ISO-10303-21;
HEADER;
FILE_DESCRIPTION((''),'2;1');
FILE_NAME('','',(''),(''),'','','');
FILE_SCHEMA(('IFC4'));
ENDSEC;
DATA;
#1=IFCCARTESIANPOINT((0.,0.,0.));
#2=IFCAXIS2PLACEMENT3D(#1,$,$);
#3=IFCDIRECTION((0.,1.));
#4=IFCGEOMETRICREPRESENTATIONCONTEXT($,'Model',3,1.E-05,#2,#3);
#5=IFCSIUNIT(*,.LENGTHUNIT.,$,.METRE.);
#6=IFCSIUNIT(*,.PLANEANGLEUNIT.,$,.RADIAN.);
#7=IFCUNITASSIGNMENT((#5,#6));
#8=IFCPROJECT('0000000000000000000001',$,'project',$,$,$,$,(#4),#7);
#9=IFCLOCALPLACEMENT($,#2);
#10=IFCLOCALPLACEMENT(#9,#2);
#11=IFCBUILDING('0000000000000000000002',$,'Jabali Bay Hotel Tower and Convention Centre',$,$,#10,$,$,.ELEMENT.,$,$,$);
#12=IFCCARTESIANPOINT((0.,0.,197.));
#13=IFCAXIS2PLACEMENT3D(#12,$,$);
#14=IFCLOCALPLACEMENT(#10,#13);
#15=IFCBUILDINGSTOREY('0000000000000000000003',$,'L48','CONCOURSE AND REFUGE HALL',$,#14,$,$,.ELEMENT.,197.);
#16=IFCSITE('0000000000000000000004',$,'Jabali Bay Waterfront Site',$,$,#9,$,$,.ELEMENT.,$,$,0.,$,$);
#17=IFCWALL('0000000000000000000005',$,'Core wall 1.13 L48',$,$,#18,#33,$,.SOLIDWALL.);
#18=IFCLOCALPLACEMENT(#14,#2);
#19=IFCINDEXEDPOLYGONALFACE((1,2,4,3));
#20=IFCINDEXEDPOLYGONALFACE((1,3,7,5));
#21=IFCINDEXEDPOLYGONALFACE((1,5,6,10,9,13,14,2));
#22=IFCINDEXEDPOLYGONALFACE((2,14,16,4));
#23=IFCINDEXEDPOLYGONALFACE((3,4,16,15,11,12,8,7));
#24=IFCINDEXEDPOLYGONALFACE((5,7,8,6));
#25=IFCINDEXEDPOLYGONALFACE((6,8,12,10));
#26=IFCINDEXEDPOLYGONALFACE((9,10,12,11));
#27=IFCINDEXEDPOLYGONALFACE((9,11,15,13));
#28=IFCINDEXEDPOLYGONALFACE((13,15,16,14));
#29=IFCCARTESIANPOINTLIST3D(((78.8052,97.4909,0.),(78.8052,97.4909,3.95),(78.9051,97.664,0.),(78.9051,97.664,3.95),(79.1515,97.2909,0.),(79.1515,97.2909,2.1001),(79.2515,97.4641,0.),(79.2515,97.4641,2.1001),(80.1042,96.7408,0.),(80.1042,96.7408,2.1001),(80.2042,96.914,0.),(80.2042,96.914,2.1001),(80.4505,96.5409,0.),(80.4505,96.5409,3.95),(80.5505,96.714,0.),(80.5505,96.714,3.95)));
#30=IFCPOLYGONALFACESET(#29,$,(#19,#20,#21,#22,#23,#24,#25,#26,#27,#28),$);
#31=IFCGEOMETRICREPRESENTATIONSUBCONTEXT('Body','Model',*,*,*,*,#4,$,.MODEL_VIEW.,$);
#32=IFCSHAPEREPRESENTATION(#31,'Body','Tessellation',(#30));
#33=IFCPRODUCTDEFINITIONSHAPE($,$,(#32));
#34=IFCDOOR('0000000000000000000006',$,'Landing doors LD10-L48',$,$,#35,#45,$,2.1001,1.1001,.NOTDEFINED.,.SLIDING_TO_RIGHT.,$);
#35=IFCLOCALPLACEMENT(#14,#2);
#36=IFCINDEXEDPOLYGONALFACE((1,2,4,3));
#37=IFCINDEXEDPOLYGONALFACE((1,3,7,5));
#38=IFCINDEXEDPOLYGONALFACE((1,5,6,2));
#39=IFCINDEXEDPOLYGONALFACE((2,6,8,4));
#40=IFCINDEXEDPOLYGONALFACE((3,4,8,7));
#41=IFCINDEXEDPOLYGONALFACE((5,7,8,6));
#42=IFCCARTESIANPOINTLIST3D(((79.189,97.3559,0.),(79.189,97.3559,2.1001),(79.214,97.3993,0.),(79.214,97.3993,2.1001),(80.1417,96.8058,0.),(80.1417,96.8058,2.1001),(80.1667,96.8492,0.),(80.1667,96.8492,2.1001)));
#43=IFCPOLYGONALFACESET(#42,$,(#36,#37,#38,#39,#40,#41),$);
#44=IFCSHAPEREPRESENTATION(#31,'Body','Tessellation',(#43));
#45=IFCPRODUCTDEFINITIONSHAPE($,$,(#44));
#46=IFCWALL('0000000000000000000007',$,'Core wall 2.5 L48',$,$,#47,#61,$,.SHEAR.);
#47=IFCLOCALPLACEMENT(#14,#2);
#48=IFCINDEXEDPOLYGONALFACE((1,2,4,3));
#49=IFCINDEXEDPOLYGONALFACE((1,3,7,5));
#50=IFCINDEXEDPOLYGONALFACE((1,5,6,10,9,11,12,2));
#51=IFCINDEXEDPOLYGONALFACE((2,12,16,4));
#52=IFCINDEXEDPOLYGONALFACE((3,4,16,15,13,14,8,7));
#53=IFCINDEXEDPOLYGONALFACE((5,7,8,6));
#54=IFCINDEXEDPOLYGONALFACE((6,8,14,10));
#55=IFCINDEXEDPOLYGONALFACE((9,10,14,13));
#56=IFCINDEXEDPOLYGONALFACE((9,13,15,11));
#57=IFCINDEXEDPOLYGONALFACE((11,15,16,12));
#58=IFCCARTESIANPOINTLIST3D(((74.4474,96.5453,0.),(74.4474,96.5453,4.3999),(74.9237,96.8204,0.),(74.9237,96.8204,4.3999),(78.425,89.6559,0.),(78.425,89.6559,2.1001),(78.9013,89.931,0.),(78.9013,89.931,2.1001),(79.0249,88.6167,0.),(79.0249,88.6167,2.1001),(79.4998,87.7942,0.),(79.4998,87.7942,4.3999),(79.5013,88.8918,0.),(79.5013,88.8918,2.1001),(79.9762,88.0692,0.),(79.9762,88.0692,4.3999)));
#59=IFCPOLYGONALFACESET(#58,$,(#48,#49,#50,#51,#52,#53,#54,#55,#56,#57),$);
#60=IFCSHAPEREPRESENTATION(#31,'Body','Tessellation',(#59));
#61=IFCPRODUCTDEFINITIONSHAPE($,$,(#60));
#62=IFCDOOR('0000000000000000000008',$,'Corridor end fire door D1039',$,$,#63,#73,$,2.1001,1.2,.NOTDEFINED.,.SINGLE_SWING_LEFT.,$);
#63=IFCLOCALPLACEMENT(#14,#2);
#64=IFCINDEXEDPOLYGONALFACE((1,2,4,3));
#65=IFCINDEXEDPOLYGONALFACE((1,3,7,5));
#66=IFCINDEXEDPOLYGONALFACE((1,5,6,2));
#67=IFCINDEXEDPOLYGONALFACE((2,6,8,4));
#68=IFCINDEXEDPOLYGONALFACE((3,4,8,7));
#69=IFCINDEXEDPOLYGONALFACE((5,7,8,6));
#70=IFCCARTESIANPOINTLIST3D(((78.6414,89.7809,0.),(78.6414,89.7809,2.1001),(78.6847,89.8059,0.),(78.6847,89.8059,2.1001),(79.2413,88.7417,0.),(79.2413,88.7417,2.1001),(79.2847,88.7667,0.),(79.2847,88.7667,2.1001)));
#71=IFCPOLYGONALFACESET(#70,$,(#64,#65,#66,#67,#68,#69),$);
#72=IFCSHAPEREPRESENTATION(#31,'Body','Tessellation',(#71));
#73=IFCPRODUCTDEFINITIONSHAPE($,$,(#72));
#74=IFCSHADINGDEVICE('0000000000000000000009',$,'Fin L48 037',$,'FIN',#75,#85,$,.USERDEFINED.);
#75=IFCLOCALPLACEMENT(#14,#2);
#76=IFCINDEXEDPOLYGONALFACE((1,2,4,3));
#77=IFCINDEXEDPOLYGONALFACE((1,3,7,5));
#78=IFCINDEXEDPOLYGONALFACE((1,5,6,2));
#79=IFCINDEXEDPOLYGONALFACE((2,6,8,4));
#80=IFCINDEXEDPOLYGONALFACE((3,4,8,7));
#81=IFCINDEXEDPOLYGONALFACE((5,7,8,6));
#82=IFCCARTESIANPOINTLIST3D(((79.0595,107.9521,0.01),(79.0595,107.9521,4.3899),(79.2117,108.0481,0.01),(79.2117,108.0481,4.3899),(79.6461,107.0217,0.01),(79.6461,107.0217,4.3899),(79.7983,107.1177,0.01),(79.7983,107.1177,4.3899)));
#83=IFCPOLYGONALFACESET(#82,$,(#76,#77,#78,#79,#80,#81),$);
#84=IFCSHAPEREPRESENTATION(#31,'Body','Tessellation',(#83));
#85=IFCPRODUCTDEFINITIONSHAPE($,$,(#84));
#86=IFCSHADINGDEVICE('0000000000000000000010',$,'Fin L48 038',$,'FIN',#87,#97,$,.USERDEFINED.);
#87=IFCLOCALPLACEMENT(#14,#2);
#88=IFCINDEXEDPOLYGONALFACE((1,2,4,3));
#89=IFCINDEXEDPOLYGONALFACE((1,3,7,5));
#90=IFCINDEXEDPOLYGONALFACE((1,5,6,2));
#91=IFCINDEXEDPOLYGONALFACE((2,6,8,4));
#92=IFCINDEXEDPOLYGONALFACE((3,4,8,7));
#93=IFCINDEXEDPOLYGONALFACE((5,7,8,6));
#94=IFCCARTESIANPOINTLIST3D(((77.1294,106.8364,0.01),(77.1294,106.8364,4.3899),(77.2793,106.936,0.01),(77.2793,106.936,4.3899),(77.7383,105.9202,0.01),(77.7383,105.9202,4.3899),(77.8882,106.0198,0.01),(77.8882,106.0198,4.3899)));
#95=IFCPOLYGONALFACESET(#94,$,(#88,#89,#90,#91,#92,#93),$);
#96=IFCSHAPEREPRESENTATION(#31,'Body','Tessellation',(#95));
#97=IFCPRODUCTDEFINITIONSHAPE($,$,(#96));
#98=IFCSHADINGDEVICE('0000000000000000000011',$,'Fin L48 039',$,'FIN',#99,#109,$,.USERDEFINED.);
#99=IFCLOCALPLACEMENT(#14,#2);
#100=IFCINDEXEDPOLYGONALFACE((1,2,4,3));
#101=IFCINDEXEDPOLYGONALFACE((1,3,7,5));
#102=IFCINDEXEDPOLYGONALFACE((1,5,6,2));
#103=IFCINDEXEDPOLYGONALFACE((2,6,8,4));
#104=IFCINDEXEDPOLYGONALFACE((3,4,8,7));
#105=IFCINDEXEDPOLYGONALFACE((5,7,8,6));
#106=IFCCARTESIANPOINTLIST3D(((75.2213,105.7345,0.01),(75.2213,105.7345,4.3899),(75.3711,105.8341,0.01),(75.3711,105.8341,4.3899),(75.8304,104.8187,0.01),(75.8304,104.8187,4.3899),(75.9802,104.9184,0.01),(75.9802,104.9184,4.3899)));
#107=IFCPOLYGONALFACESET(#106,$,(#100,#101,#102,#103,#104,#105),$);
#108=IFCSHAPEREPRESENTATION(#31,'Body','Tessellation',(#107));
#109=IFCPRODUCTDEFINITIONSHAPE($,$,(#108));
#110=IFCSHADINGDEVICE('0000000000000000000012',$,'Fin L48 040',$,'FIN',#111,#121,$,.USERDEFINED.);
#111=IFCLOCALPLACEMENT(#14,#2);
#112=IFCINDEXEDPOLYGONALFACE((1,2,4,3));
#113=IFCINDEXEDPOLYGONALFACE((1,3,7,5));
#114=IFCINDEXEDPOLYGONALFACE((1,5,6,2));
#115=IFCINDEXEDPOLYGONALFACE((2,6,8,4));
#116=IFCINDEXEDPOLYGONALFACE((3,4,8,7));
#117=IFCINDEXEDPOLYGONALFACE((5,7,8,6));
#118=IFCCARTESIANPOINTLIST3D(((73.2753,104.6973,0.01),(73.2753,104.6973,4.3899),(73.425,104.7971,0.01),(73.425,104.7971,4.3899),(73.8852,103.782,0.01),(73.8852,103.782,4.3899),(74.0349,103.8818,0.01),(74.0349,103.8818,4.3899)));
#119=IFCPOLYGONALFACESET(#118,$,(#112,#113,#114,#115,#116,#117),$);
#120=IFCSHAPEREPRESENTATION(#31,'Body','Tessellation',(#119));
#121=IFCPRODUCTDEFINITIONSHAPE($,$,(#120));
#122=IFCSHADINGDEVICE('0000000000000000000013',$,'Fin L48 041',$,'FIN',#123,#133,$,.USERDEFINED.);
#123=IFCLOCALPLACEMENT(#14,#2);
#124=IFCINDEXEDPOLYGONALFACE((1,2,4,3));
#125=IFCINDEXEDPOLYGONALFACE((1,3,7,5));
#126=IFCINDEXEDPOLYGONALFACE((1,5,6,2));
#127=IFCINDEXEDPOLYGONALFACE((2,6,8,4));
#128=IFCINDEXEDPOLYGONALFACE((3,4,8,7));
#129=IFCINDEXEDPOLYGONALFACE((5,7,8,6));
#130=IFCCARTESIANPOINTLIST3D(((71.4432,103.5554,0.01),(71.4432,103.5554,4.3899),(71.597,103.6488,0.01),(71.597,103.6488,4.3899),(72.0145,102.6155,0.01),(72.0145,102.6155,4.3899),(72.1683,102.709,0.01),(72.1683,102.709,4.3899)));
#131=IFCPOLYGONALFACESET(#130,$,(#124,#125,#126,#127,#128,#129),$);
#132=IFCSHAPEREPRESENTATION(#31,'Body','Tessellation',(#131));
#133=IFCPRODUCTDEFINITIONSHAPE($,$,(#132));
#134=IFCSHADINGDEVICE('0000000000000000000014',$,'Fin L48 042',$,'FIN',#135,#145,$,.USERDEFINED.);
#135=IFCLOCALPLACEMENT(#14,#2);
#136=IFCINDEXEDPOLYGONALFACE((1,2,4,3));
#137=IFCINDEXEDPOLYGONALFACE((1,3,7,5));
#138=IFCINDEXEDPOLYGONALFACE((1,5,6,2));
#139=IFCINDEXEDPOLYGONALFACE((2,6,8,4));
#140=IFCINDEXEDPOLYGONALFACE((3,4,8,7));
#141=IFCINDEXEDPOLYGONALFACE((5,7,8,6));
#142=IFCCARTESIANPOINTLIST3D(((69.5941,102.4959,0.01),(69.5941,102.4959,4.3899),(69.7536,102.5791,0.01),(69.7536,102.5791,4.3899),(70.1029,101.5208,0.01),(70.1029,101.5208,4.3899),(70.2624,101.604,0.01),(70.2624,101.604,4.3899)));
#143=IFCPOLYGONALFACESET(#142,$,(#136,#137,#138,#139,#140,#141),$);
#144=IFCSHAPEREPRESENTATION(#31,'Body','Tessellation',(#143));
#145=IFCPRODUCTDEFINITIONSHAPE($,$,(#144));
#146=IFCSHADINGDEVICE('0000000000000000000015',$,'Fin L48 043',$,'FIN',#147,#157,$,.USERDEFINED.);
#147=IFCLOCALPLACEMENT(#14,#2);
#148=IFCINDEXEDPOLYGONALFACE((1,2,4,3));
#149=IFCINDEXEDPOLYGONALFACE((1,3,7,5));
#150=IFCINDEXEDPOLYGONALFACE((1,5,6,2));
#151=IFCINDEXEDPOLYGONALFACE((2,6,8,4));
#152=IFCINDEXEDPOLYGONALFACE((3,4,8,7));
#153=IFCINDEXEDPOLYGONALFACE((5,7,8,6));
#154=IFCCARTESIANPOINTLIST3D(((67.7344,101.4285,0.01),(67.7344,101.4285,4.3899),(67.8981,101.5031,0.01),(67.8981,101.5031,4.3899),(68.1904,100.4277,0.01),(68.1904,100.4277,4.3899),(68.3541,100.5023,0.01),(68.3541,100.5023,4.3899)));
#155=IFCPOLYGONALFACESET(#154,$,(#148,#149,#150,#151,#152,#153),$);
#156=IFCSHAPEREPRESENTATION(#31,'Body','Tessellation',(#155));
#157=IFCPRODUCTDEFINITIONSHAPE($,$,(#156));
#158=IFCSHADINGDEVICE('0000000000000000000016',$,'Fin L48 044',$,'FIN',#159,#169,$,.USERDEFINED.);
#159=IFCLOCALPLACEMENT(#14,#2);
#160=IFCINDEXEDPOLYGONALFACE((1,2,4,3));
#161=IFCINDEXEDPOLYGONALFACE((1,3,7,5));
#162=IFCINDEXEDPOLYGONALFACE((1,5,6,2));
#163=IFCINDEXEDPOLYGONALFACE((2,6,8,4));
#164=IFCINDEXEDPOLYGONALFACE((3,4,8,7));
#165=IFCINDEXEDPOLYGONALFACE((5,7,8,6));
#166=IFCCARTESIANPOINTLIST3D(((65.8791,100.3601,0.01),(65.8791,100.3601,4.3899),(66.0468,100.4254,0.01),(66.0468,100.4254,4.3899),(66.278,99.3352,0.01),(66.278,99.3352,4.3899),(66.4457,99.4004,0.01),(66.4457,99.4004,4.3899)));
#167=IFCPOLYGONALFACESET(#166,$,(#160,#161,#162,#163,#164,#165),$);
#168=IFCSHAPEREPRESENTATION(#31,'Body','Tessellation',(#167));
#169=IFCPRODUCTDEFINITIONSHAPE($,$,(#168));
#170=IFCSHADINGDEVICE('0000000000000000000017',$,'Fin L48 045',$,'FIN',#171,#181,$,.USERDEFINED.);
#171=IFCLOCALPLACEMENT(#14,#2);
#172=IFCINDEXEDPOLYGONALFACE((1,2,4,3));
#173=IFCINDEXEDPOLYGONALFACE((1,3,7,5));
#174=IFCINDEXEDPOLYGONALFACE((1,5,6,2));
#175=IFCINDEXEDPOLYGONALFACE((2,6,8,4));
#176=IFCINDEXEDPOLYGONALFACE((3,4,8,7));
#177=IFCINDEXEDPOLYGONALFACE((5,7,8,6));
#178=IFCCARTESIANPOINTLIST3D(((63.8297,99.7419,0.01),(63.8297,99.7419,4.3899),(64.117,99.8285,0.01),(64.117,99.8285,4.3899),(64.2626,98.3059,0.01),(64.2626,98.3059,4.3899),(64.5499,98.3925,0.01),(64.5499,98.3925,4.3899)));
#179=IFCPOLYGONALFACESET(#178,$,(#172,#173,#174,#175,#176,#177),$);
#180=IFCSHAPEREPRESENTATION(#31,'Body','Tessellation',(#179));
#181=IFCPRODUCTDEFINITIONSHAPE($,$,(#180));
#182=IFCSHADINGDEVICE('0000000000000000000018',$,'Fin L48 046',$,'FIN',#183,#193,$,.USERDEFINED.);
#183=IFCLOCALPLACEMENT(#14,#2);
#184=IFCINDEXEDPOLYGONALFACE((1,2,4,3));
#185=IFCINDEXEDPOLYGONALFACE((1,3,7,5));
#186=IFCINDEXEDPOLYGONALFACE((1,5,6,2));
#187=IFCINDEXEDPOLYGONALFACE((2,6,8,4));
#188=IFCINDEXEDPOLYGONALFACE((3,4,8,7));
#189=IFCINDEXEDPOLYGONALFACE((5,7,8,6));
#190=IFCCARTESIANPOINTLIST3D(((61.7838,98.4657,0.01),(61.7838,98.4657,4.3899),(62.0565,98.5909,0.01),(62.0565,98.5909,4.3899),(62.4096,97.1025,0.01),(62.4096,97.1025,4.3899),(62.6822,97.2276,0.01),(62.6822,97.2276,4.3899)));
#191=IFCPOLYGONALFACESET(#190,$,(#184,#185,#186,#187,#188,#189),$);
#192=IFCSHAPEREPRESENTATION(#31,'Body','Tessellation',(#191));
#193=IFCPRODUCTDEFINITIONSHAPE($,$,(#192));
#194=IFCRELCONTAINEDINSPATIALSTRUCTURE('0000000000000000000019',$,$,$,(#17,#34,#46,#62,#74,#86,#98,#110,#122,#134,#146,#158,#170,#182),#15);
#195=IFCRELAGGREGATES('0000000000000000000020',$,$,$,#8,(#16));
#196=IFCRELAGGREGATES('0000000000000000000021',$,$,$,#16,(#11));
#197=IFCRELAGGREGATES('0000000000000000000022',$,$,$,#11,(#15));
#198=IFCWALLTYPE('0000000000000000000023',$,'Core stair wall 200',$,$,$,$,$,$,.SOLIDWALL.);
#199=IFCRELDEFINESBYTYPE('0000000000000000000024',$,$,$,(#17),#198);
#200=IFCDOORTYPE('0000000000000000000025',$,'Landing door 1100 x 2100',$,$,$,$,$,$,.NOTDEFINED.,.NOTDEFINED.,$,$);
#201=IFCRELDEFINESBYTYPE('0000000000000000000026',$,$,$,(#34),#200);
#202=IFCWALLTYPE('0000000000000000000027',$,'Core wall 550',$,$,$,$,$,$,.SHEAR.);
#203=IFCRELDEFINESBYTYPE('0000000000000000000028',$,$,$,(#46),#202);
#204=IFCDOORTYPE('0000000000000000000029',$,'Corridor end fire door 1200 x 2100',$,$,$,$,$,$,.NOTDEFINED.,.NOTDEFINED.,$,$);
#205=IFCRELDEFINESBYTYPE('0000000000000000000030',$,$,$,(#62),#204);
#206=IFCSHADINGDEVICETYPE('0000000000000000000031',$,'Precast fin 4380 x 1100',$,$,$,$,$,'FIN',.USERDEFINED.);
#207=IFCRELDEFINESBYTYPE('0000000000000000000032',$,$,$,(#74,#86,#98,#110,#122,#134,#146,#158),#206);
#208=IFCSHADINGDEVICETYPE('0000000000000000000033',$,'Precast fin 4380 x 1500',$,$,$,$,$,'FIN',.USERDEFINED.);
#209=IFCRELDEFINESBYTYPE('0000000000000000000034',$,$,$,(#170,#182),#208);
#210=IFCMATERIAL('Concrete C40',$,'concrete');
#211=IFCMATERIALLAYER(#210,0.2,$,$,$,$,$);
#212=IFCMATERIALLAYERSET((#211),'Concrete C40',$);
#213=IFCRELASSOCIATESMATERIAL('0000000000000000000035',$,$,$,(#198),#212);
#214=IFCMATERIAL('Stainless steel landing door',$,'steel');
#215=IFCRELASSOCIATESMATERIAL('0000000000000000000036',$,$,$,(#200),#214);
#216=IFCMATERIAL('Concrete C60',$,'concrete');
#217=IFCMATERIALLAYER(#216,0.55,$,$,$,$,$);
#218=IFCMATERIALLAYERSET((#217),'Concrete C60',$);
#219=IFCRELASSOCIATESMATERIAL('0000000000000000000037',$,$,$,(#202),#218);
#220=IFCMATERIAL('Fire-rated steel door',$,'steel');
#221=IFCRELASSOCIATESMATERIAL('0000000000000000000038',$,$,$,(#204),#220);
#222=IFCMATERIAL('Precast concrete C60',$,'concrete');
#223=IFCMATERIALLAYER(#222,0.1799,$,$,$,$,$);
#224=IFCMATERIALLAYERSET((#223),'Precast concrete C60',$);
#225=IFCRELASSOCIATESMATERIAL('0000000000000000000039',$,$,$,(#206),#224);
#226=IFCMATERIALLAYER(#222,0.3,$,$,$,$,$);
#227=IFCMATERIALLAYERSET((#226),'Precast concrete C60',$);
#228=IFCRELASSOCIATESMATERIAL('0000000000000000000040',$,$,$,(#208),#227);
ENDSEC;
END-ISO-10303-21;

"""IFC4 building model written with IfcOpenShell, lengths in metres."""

from ifc_helpers import new_model, si_unit, direction, frame, frame_2d, origin, place, context, subcontext, project, spatial, rectangle, extrude, material, layer, layer_set, type_object, element, fill, save


model = new_model("IFC4")

# Units and contexts
model_context = context("Model", 3, precision=1e-05, world=origin(), true_north=direction((0.0, 1.0)))
body_context = subcontext(model_context, "Body", "Model", "MODEL_VIEW")
ifc_project = project(units=[si_unit("LENGTHUNIT", "METRE"), si_unit("PLANEANGLEUNIT", "RADIAN")], contexts=[model_context])

# Site, building, storey
site_placement = place(None, origin())
site = spatial("IfcSite", under=ifc_project, at=site_placement, Name="Jabali Bay Waterfront Site", CompositionType="ELEMENT", RefElevation=0.0)
building_placement = place(site_placement, origin())
building = spatial("IfcBuilding", under=site, at=building_placement, Name="Jabali Bay Hotel Tower and Convention Centre", CompositionType="ELEMENT")
storey_placement = place(building_placement, frame((0.0, 0.0, 197.0)))
storey = spatial("IfcBuildingStorey", under=building, at=storey_placement, Name="L48", Description="CONCOURSE AND REFUGE HALL", CompositionType="ELEMENT", Elevation=197.0)

# Shared definitions
ifc_material_1 = material(Name="Concrete C60", Category="concrete")

# Walls, openings, doors
ifc_material_2 = material(Name="Concrete C40", Category="concrete")
ifc_material_3 = material(Name="Fire-rated steel door", Category="steel")
ifc_layer_1 = layer(ifc_material_2, 0.2)
ifc_layer_set_1 = layer_set([ifc_layer_1], Name="Concrete C40")
wall_type_1 = type_object("IfcWallType", Name="Core stair wall 200", PredefinedType="SOLIDWALL", material=ifc_layer_set_1)
wall_1_placement = place(storey_placement, frame((80.5005, 96.6274, 0.0), z_axis=(0.0, 0.0, 1.0), x_axis=(-0.866012, 0.500023, 0.0)))
wall_1 = element("IfcWall", 1, at=wall_1_placement, inside=storey, type_object=wall_type_1, Name="Core wall 1.13 L48", PredefinedType="SOLIDWALL", context=body_context, shape_type="SweptSolid", body=[
    extrude(rectangle(XDim=1.8999, YDim=0.2, at=frame_2d((0.95, 0.0))), origin(), (0.0, 0.0, 1.0), 3.95),
])
opening_1_placement = place(wall_1_placement, frame((0.3999, 0.0, 0.0)))
opening_1 = element("IfcOpeningElement", 2, at=opening_1_placement, cuts=wall_1, PredefinedType="OPENING", context=body_context, shape_type="SweptSolid", body=[
    extrude(rectangle(XDim=1.1001, YDim=2.1001, at=frame_2d((0.55, 1.05))), frame((0.0, 0.1104, 0.0), z_axis=(0.0, -1.0, 0.0), x_axis=(1.0, 0.0, 0.0)), (0.0, 0.0, 1.0), 0.2209),
])
ifc_material_4 = material(Name="Stainless steel landing door", Category="steel")
door_type_1 = type_object("IfcDoorType", Name="Landing door 1100 x 2100", OperationType="NOTDEFINED", PredefinedType="NOTDEFINED", material=ifc_material_4)
door_1_placement = place(opening_1_placement, origin())
door_1 = element("IfcDoor", 3, at=door_1_placement, inside=storey, type_object=door_type_1, Name="Landing doors LD10-L48", OperationType="SLIDING_TO_RIGHT", OverallHeight=2.1001, OverallWidth=1.1001, PredefinedType="NOTDEFINED", context=body_context, shape_type="SweptSolid", body=[
    extrude(rectangle(XDim=1.1001, YDim=2.1001, at=frame_2d((0.55, 1.05))), frame((0.0, 0.0249, 0.0), z_axis=(0.0, -1.0, 0.0), x_axis=(1.0, 0.0, 0.0)), (0.0, 0.0, 1.0), 0.05),
])
fill(opening_1, door_1)
ifc_layer_2 = layer(ifc_material_1, 0.55)
ifc_layer_set_2 = layer_set([ifc_layer_2], Name="Concrete C60")
wall_type_2 = type_object("IfcWallType", Name="Core wall 550", PredefinedType="SHEAR", material=ifc_layer_set_2)
wall_2_placement = place(storey_placement, frame((74.6855, 96.6829, 0.0), z_axis=(0.0, 0.0, 1.0), x_axis=(0.499998, -0.866027, 0.0)))
wall_2 = element("IfcWall", 4, at=wall_2_placement, inside=storey, type_object=wall_type_2, Name="Core wall 2.5 L48", PredefinedType="SHEAR", context=body_context, shape_type="SweptSolid", body=[
    extrude(rectangle(XDim=10.105, YDim=0.55, at=frame_2d((5.0525, 0.0))), origin(), (0.0, 0.0, 1.0), 4.3999),
])
opening_2_placement = place(wall_2_placement, frame((7.9551, 0.0, 0.0)))
opening_2 = element("IfcOpeningElement", 5, at=opening_2_placement, cuts=wall_2, PredefinedType="OPENING", context=body_context, shape_type="SweptSolid", body=[
    extrude(rectangle(XDim=1.2, YDim=2.1001, at=frame_2d((0.6001, 1.05))), frame((0.0, 0.2856, 0.0), z_axis=(0.0, -1.0, 0.0), x_axis=(1.0, 0.0, 0.0)), (0.0, 0.0, 1.0), 0.571),
])
door_type_2 = type_object("IfcDoorType", Name="Corridor end fire door 1200 x 2100", OperationType="NOTDEFINED", PredefinedType="NOTDEFINED", material=ifc_material_3)
door_2_placement = place(opening_2_placement, origin())
door_2 = element("IfcDoor", 6, at=door_2_placement, inside=storey, type_object=door_type_2, Name="Corridor end fire door D1039", OperationType="SINGLE_SWING_LEFT", OverallHeight=2.1001, OverallWidth=1.2, PredefinedType="NOTDEFINED", context=body_context, shape_type="SweptSolid", body=[
    extrude(rectangle(XDim=1.2, YDim=2.1001, at=frame_2d((0.6001, 1.05))), frame((0.0, 0.0249, 0.0), z_axis=(0.0, -1.0, 0.0), x_axis=(1.0, 0.0, 0.0)), (0.0, 0.0, 1.0), 0.05),
])
fill(opening_2, door_2)

# Shading devices
ifc_material_5 = material(Name="Precast concrete C60", Category="concrete")
ifc_layer_3 = layer(ifc_material_5, 0.1799)
ifc_layer_set_3 = layer_set([ifc_layer_3], Name="Precast concrete C60")
shading_device_type_1 = type_object("IfcShadingDeviceType", Name="Precast fin 4380 x 1100", ElementType="FIN", PredefinedType="USERDEFINED", material=ifc_layer_set_3)
shading_device_1_placement = place(storey_placement, frame((79.7222, 107.0698, 0.01), z_axis=(0.0, 0.0, 1.0), x_axis=(-0.533367, 0.845884, 0.0)))
element("IfcShadingDevice", 7, at=shading_device_1_placement, inside=storey, type_object=shading_device_type_1, Name="Fin L48 037", ObjectType="FIN", PredefinedType="USERDEFINED", context=body_context, shape_type="SweptSolid", body=[
    extrude(rectangle(XDim=1.0999, YDim=0.1799, at=frame_2d((0.5498, 0.0))), origin(), (0.0, 0.0, 1.0), 4.3799),
])
shading_device_2_placement = place(storey_placement, frame((77.8132, 105.97, 0.01), z_axis=(0.0, 0.0, 1.0), x_axis=(-0.55347, 0.832869, 0.0)))
element("IfcShadingDevice", 8, at=shading_device_2_placement, inside=storey, type_object=shading_device_type_1, Name="Fin L48 038", ObjectType="FIN", PredefinedType="USERDEFINED", context=body_context, shape_type="SweptSolid", body=[
    extrude(rectangle(XDim=1.1001, YDim=0.1799, at=frame_2d((0.55, 0.0))), origin(), (0.0, 0.0, 1.0), 4.3799),
])
for number, where, z_axis, x_axis, name in (
    (9, (75.9053, 104.8687, 0.01), (0.0, 0.0, 1.0), (-0.553829, 0.83263, 0.0), "Fin L48 039"),
    (10, (73.96, 103.832, 0.01), (0.0, 0.0, 1.0), (-0.554495, 0.832187, 0.0), "Fin L48 040"),
    (11, (72.0913, 102.6624, 0.01), (0.0, 0.0, 1.0), (-0.519384, 0.854541, 0.0), "Fin L48 041"),
    (12, (70.1826, 101.5625, 0.01), (0.0, 0.0, 1.0), (-0.462596, 0.886569, 0.0), "Fin L48 042"),
    (13, (68.2722, 100.4651, 0.01), (0.0, 0.0, 1.0), (-0.414605, 0.910001, 0.0), "Fin L48 043"),
    (14, (66.3618, 99.3679, 0.01), (0.0, 0.0, 1.0), (-0.362725, 0.931896, 0.0), "Fin L48 044"),
):
    element("IfcShadingDevice", number, at=place(storey_placement, frame(where, z_axis=z_axis, x_axis=x_axis)), inside=storey, type_object=shading_device_type_1, Name=name, ObjectType="FIN", PredefinedType="USERDEFINED", context=body_context, shape_type="SweptSolid", body=[
        extrude(rectangle(XDim=1.0999, YDim=0.1799, at=frame_2d((0.5498, 0.0))), origin(), (0.0, 0.0, 1.0), 4.3799),
    ])
ifc_layer_4 = layer(ifc_material_5, 0.3)
ifc_layer_set_4 = layer_set([ifc_layer_4], Name="Precast concrete C60")
shading_device_type_2 = type_object("IfcShadingDeviceType", Name="Precast fin 4380 x 1500", ElementType="FIN", PredefinedType="USERDEFINED", material=ifc_layer_set_4)
shading_device_3_placement = place(storey_placement, frame((64.4062, 98.3491, 0.01), z_axis=(0.0, 0.0, 1.0), x_axis=(-0.288602, 0.957449, 0.0)))
element("IfcShadingDevice", 15, at=shading_device_3_placement, inside=storey, type_object=shading_device_type_2, Name="Fin L48 045", ObjectType="FIN", PredefinedType="USERDEFINED", context=body_context, shape_type="SweptSolid", body=[
    extrude(rectangle(XDim=1.4998, YDim=0.3, at=frame_2d((0.75, 0.0))), origin(), (0.0, 0.0, 1.0), 4.3799),
])
shading_device_4_placement = place(storey_placement, frame((62.5459, 97.165, 0.01), z_axis=(0.0, 0.0, 1.0), x_axis=(-0.417148, 0.908839, 0.0)))
element("IfcShadingDevice", 16, at=shading_device_4_placement, inside=storey, type_object=shading_device_type_2, Name="Fin L48 046", ObjectType="FIN", PredefinedType="USERDEFINED", context=body_context, shape_type="SweptSolid", body=[
    extrude(rectangle(XDim=1.5, YDim=0.3, at=frame_2d((0.75, 0.0))), origin(), (0.0, 0.0, 1.0), 4.3799),
])

save(model, "model.ifc")
